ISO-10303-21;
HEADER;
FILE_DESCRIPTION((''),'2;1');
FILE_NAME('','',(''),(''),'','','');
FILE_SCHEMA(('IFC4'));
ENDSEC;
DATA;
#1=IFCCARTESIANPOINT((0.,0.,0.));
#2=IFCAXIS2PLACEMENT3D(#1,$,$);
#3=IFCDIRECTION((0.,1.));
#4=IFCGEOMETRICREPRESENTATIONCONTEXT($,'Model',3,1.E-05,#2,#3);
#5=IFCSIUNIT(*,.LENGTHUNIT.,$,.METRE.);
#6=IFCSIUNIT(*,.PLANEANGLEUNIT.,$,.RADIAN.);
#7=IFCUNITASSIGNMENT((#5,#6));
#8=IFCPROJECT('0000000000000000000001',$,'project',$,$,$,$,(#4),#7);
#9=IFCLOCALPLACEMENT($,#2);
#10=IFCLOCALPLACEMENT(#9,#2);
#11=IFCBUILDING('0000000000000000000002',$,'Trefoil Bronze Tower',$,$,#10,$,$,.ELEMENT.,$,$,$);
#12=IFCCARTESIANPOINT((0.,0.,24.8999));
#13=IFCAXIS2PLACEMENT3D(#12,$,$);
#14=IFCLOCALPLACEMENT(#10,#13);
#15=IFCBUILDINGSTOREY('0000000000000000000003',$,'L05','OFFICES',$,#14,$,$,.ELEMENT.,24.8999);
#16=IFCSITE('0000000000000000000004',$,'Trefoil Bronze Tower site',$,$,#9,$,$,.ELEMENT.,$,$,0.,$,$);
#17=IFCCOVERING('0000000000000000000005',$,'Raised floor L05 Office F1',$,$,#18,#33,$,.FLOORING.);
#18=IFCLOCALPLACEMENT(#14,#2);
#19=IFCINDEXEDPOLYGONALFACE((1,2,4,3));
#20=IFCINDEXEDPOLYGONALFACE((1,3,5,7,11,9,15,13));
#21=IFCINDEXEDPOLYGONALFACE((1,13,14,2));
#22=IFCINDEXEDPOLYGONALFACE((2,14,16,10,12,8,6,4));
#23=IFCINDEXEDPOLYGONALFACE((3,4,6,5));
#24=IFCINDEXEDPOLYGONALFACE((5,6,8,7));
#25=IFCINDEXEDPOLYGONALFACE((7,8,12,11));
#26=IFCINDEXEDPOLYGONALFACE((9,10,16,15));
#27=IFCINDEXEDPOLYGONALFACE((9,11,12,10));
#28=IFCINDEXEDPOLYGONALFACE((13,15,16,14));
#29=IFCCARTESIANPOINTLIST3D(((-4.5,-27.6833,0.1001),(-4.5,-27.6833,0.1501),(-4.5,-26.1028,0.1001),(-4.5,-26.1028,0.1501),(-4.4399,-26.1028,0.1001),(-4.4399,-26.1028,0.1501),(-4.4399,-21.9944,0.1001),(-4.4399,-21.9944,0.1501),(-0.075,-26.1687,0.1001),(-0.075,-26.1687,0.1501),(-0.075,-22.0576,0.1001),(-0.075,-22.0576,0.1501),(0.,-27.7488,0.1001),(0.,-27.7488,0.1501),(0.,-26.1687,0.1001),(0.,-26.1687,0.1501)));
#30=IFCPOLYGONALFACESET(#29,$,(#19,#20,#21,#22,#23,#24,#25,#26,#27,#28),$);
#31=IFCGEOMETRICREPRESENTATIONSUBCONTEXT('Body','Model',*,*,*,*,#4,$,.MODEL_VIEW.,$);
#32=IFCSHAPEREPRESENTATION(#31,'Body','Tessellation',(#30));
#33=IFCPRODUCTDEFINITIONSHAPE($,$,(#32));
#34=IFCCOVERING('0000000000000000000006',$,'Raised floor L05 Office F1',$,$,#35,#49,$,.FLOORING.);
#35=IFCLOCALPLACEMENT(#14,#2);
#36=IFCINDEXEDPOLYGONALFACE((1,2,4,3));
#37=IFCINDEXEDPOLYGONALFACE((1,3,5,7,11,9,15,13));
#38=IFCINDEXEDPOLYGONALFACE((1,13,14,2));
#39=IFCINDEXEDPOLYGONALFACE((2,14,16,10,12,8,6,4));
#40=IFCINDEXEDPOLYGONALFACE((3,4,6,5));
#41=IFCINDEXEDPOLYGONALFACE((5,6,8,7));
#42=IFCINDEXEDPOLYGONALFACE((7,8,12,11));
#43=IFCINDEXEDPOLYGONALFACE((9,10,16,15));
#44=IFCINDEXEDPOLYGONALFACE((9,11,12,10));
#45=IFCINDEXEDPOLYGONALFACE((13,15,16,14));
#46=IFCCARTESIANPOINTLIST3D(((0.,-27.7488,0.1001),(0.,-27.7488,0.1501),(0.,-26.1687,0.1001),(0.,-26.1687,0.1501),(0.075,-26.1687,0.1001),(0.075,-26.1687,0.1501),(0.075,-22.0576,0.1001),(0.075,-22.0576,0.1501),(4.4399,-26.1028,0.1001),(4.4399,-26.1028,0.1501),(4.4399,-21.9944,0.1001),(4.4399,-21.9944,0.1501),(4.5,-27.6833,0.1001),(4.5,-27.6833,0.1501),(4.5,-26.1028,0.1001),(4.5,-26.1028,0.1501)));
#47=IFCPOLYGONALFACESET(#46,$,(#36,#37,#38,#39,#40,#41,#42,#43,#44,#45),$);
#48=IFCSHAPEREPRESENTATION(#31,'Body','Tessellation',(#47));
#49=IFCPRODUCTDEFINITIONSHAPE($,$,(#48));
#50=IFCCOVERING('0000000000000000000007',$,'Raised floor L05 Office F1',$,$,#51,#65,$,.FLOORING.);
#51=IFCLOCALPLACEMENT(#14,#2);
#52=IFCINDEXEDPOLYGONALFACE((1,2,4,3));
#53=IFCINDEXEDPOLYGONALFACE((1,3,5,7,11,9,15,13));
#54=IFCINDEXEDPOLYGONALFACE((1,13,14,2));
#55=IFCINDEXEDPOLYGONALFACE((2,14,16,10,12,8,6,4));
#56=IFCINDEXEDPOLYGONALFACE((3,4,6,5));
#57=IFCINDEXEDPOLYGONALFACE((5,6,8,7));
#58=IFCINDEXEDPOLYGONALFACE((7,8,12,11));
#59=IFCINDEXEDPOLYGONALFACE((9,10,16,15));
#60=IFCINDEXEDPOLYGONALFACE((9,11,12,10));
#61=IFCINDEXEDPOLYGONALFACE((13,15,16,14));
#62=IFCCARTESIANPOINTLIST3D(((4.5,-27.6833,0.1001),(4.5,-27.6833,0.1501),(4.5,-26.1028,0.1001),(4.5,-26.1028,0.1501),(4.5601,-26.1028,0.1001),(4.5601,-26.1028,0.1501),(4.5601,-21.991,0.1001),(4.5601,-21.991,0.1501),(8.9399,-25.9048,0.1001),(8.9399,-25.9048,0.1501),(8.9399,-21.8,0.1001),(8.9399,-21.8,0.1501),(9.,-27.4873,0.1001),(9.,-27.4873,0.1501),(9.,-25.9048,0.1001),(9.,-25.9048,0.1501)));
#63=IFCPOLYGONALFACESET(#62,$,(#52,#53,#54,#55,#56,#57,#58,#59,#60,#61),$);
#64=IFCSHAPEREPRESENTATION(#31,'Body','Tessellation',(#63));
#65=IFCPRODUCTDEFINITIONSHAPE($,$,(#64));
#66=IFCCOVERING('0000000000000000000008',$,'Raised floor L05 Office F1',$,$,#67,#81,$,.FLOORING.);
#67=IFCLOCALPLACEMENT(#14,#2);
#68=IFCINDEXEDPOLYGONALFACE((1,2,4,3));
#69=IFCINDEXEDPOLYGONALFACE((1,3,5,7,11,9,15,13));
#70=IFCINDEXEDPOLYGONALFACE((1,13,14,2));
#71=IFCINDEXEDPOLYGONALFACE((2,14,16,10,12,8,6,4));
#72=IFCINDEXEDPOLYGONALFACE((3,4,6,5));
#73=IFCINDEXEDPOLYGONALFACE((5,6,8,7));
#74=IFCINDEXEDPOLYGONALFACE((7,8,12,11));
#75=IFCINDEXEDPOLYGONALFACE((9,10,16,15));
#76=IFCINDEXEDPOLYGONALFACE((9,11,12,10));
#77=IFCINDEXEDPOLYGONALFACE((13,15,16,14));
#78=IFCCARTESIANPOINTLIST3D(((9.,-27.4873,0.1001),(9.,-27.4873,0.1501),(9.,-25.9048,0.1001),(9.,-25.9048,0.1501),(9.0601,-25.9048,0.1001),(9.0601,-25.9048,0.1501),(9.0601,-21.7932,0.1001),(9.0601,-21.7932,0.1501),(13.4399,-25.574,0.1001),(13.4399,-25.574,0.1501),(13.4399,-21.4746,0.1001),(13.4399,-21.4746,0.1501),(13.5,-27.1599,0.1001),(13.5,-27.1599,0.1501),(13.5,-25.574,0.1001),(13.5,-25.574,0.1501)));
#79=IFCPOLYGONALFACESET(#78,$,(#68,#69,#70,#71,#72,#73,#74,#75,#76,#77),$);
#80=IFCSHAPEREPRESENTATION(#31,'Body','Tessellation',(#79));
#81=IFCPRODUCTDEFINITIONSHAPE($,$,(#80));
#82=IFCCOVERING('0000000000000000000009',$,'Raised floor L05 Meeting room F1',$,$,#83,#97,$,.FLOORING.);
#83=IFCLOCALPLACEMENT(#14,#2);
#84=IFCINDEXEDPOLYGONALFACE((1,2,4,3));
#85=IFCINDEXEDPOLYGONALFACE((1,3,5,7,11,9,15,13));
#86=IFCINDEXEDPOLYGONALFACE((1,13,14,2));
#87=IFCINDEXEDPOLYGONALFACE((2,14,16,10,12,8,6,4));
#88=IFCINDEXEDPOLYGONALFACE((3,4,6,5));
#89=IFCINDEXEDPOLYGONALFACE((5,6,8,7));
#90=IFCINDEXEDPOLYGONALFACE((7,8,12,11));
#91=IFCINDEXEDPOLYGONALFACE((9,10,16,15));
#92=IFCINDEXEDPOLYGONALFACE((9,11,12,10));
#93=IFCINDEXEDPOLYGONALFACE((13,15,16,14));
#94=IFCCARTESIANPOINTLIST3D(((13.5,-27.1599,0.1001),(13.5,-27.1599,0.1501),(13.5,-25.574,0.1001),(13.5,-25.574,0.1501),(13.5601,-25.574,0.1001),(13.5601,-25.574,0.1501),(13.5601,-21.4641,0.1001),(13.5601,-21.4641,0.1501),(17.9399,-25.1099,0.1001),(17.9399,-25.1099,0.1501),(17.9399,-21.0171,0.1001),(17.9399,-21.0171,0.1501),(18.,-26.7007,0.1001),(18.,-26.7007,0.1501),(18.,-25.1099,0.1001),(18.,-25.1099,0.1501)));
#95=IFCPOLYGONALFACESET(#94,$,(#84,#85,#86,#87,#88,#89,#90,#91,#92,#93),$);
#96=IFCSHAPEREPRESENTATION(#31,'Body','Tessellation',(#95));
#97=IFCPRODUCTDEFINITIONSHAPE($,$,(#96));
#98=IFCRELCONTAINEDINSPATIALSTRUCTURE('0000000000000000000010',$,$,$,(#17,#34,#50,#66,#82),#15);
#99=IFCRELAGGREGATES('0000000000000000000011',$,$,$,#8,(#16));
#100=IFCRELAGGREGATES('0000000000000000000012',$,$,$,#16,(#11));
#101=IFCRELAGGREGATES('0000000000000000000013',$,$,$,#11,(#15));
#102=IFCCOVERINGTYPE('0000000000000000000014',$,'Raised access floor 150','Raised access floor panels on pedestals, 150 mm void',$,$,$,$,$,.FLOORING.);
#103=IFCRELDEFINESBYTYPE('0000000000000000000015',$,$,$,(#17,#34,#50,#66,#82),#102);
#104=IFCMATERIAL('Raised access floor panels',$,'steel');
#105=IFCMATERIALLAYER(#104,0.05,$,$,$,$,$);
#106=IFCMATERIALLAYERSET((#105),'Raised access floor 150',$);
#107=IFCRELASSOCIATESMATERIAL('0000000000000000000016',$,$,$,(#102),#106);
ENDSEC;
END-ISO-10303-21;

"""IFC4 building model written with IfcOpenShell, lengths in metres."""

from ifc_helpers import new_model, si_unit, direction, frame, origin, place, context, subcontext, project, spatial, polyline, outline, extrude, material, layer, layer_set, type_object, element, save


model = new_model("IFC4")

# Units and contexts
model_context = context("Model", 3, precision=1e-05, world=origin(), true_north=direction((0.0, 1.0)))
body_context = subcontext(model_context, "Body", "Model", "MODEL_VIEW")
ifc_project = project(units=[si_unit("LENGTHUNIT", "METRE"), si_unit("PLANEANGLEUNIT", "RADIAN")], contexts=[model_context])

# Site, building, storey
site_placement = place(None, origin())
site = spatial("IfcSite", under=ifc_project, at=site_placement, Name="Trefoil Bronze Tower site", CompositionType="ELEMENT", RefElevation=0.0)
building_placement = place(site_placement, origin())
building = spatial("IfcBuilding", under=site, at=building_placement, Name="Trefoil Bronze Tower", CompositionType="ELEMENT")
storey_placement = place(building_placement, frame((0.0, 0.0, 24.8999)))
storey = spatial("IfcBuildingStorey", under=building, at=storey_placement, Name="L05", Description="OFFICES", CompositionType="ELEMENT", Elevation=24.8999)

# Coverings
ifc_material_1 = material(Name="Raised access floor panels", Category="steel")
ifc_layer_1 = layer(ifc_material_1, 0.05)
ifc_layer_set_1 = layer_set([ifc_layer_1], Name="Raised access floor 150")
covering_type_1 = type_object("IfcCoveringType", Name="Raised access floor 150", Description="Raised access floor panels on pedestals, 150 mm void", PredefinedType="FLOORING", material=ifc_layer_set_1)
covering_1_placement = place(storey_placement, frame((0.0, 0.0, 0.1001)))
element("IfcCovering", 1, at=covering_1_placement, inside=storey, type_object=covering_type_1, Name="Raised floor L05 Office F1", PredefinedType="FLOORING", context=body_context, shape_type="SweptSolid", body=[
    extrude(outline(polyline([(0.0, -27.7488), (-4.5, -27.6833), (-4.5, -26.1028), (-4.4399, -26.1028), (-4.4399, -21.9944), (-0.075, -22.0576), (-0.075, -26.1687), (0.0, -26.1687), (0.0, -27.7488)])), origin(), (0.0, 0.0, 1.0), 0.05),
])
covering_2_placement = place(storey_placement, frame((0.0, 0.0, 0.1001)))
element("IfcCovering", 2, at=covering_2_placement, inside=storey, type_object=covering_type_1, Name="Raised floor L05 Office F1", PredefinedType="FLOORING", context=body_context, shape_type="SweptSolid", body=[
    extrude(outline(polyline([(4.5, -27.6833), (0.0, -27.7488), (0.0, -26.1687), (0.075, -26.1687), (0.075, -22.0576), (4.4399, -21.9944), (4.4399, -26.1028), (4.5, -26.1028), (4.5, -27.6833)])), origin(), (0.0, 0.0, 1.0), 0.05),
])
covering_3_placement = place(storey_placement, frame((0.0, 0.0, 0.1001)))
element("IfcCovering", 3, at=covering_3_placement, inside=storey, type_object=covering_type_1, Name="Raised floor L05 Office F1", PredefinedType="FLOORING", context=body_context, shape_type="SweptSolid", body=[
    extrude(outline(polyline([(9.0, -27.4873), (4.5, -27.6833), (4.5, -26.1028), (4.5601, -26.1028), (4.5601, -21.991), (8.9399, -21.8), (8.9399, -25.9048), (9.0, -25.9048), (9.0, -27.4873)])), origin(), (0.0, 0.0, 1.0), 0.05),
])
covering_4_placement = place(storey_placement, frame((0.0, 0.0, 0.1001)))
element("IfcCovering", 4, at=covering_4_placement, inside=storey, type_object=covering_type_1, Name="Raised floor L05 Office F1", PredefinedType="FLOORING", context=body_context, shape_type="SweptSolid", body=[
    extrude(outline(polyline([(13.5, -27.1599), (9.0, -27.4873), (9.0, -25.9048), (9.0601, -25.9048), (9.0601, -21.7932), (13.4399, -21.4746), (13.4399, -25.574), (13.5, -25.574), (13.5, -27.1599)])), origin(), (0.0, 0.0, 1.0), 0.05),
])
covering_5_placement = place(storey_placement, frame((0.0, 0.0, 0.1001)))
element("IfcCovering", 5, at=covering_5_placement, inside=storey, type_object=covering_type_1, Name="Raised floor L05 Meeting room F1", PredefinedType="FLOORING", context=body_context, shape_type="SweptSolid", body=[
    extrude(outline(polyline([(18.0, -26.7007), (13.5, -27.1599), (13.5, -25.574), (13.5601, -25.574), (13.5601, -21.4641), (17.9399, -21.0171), (17.9399, -25.1099), (18.0, -25.1099), (18.0, -26.7007)])), origin(), (0.0, 0.0, 1.0), 0.05),
])

save(model, "model.ifc")
